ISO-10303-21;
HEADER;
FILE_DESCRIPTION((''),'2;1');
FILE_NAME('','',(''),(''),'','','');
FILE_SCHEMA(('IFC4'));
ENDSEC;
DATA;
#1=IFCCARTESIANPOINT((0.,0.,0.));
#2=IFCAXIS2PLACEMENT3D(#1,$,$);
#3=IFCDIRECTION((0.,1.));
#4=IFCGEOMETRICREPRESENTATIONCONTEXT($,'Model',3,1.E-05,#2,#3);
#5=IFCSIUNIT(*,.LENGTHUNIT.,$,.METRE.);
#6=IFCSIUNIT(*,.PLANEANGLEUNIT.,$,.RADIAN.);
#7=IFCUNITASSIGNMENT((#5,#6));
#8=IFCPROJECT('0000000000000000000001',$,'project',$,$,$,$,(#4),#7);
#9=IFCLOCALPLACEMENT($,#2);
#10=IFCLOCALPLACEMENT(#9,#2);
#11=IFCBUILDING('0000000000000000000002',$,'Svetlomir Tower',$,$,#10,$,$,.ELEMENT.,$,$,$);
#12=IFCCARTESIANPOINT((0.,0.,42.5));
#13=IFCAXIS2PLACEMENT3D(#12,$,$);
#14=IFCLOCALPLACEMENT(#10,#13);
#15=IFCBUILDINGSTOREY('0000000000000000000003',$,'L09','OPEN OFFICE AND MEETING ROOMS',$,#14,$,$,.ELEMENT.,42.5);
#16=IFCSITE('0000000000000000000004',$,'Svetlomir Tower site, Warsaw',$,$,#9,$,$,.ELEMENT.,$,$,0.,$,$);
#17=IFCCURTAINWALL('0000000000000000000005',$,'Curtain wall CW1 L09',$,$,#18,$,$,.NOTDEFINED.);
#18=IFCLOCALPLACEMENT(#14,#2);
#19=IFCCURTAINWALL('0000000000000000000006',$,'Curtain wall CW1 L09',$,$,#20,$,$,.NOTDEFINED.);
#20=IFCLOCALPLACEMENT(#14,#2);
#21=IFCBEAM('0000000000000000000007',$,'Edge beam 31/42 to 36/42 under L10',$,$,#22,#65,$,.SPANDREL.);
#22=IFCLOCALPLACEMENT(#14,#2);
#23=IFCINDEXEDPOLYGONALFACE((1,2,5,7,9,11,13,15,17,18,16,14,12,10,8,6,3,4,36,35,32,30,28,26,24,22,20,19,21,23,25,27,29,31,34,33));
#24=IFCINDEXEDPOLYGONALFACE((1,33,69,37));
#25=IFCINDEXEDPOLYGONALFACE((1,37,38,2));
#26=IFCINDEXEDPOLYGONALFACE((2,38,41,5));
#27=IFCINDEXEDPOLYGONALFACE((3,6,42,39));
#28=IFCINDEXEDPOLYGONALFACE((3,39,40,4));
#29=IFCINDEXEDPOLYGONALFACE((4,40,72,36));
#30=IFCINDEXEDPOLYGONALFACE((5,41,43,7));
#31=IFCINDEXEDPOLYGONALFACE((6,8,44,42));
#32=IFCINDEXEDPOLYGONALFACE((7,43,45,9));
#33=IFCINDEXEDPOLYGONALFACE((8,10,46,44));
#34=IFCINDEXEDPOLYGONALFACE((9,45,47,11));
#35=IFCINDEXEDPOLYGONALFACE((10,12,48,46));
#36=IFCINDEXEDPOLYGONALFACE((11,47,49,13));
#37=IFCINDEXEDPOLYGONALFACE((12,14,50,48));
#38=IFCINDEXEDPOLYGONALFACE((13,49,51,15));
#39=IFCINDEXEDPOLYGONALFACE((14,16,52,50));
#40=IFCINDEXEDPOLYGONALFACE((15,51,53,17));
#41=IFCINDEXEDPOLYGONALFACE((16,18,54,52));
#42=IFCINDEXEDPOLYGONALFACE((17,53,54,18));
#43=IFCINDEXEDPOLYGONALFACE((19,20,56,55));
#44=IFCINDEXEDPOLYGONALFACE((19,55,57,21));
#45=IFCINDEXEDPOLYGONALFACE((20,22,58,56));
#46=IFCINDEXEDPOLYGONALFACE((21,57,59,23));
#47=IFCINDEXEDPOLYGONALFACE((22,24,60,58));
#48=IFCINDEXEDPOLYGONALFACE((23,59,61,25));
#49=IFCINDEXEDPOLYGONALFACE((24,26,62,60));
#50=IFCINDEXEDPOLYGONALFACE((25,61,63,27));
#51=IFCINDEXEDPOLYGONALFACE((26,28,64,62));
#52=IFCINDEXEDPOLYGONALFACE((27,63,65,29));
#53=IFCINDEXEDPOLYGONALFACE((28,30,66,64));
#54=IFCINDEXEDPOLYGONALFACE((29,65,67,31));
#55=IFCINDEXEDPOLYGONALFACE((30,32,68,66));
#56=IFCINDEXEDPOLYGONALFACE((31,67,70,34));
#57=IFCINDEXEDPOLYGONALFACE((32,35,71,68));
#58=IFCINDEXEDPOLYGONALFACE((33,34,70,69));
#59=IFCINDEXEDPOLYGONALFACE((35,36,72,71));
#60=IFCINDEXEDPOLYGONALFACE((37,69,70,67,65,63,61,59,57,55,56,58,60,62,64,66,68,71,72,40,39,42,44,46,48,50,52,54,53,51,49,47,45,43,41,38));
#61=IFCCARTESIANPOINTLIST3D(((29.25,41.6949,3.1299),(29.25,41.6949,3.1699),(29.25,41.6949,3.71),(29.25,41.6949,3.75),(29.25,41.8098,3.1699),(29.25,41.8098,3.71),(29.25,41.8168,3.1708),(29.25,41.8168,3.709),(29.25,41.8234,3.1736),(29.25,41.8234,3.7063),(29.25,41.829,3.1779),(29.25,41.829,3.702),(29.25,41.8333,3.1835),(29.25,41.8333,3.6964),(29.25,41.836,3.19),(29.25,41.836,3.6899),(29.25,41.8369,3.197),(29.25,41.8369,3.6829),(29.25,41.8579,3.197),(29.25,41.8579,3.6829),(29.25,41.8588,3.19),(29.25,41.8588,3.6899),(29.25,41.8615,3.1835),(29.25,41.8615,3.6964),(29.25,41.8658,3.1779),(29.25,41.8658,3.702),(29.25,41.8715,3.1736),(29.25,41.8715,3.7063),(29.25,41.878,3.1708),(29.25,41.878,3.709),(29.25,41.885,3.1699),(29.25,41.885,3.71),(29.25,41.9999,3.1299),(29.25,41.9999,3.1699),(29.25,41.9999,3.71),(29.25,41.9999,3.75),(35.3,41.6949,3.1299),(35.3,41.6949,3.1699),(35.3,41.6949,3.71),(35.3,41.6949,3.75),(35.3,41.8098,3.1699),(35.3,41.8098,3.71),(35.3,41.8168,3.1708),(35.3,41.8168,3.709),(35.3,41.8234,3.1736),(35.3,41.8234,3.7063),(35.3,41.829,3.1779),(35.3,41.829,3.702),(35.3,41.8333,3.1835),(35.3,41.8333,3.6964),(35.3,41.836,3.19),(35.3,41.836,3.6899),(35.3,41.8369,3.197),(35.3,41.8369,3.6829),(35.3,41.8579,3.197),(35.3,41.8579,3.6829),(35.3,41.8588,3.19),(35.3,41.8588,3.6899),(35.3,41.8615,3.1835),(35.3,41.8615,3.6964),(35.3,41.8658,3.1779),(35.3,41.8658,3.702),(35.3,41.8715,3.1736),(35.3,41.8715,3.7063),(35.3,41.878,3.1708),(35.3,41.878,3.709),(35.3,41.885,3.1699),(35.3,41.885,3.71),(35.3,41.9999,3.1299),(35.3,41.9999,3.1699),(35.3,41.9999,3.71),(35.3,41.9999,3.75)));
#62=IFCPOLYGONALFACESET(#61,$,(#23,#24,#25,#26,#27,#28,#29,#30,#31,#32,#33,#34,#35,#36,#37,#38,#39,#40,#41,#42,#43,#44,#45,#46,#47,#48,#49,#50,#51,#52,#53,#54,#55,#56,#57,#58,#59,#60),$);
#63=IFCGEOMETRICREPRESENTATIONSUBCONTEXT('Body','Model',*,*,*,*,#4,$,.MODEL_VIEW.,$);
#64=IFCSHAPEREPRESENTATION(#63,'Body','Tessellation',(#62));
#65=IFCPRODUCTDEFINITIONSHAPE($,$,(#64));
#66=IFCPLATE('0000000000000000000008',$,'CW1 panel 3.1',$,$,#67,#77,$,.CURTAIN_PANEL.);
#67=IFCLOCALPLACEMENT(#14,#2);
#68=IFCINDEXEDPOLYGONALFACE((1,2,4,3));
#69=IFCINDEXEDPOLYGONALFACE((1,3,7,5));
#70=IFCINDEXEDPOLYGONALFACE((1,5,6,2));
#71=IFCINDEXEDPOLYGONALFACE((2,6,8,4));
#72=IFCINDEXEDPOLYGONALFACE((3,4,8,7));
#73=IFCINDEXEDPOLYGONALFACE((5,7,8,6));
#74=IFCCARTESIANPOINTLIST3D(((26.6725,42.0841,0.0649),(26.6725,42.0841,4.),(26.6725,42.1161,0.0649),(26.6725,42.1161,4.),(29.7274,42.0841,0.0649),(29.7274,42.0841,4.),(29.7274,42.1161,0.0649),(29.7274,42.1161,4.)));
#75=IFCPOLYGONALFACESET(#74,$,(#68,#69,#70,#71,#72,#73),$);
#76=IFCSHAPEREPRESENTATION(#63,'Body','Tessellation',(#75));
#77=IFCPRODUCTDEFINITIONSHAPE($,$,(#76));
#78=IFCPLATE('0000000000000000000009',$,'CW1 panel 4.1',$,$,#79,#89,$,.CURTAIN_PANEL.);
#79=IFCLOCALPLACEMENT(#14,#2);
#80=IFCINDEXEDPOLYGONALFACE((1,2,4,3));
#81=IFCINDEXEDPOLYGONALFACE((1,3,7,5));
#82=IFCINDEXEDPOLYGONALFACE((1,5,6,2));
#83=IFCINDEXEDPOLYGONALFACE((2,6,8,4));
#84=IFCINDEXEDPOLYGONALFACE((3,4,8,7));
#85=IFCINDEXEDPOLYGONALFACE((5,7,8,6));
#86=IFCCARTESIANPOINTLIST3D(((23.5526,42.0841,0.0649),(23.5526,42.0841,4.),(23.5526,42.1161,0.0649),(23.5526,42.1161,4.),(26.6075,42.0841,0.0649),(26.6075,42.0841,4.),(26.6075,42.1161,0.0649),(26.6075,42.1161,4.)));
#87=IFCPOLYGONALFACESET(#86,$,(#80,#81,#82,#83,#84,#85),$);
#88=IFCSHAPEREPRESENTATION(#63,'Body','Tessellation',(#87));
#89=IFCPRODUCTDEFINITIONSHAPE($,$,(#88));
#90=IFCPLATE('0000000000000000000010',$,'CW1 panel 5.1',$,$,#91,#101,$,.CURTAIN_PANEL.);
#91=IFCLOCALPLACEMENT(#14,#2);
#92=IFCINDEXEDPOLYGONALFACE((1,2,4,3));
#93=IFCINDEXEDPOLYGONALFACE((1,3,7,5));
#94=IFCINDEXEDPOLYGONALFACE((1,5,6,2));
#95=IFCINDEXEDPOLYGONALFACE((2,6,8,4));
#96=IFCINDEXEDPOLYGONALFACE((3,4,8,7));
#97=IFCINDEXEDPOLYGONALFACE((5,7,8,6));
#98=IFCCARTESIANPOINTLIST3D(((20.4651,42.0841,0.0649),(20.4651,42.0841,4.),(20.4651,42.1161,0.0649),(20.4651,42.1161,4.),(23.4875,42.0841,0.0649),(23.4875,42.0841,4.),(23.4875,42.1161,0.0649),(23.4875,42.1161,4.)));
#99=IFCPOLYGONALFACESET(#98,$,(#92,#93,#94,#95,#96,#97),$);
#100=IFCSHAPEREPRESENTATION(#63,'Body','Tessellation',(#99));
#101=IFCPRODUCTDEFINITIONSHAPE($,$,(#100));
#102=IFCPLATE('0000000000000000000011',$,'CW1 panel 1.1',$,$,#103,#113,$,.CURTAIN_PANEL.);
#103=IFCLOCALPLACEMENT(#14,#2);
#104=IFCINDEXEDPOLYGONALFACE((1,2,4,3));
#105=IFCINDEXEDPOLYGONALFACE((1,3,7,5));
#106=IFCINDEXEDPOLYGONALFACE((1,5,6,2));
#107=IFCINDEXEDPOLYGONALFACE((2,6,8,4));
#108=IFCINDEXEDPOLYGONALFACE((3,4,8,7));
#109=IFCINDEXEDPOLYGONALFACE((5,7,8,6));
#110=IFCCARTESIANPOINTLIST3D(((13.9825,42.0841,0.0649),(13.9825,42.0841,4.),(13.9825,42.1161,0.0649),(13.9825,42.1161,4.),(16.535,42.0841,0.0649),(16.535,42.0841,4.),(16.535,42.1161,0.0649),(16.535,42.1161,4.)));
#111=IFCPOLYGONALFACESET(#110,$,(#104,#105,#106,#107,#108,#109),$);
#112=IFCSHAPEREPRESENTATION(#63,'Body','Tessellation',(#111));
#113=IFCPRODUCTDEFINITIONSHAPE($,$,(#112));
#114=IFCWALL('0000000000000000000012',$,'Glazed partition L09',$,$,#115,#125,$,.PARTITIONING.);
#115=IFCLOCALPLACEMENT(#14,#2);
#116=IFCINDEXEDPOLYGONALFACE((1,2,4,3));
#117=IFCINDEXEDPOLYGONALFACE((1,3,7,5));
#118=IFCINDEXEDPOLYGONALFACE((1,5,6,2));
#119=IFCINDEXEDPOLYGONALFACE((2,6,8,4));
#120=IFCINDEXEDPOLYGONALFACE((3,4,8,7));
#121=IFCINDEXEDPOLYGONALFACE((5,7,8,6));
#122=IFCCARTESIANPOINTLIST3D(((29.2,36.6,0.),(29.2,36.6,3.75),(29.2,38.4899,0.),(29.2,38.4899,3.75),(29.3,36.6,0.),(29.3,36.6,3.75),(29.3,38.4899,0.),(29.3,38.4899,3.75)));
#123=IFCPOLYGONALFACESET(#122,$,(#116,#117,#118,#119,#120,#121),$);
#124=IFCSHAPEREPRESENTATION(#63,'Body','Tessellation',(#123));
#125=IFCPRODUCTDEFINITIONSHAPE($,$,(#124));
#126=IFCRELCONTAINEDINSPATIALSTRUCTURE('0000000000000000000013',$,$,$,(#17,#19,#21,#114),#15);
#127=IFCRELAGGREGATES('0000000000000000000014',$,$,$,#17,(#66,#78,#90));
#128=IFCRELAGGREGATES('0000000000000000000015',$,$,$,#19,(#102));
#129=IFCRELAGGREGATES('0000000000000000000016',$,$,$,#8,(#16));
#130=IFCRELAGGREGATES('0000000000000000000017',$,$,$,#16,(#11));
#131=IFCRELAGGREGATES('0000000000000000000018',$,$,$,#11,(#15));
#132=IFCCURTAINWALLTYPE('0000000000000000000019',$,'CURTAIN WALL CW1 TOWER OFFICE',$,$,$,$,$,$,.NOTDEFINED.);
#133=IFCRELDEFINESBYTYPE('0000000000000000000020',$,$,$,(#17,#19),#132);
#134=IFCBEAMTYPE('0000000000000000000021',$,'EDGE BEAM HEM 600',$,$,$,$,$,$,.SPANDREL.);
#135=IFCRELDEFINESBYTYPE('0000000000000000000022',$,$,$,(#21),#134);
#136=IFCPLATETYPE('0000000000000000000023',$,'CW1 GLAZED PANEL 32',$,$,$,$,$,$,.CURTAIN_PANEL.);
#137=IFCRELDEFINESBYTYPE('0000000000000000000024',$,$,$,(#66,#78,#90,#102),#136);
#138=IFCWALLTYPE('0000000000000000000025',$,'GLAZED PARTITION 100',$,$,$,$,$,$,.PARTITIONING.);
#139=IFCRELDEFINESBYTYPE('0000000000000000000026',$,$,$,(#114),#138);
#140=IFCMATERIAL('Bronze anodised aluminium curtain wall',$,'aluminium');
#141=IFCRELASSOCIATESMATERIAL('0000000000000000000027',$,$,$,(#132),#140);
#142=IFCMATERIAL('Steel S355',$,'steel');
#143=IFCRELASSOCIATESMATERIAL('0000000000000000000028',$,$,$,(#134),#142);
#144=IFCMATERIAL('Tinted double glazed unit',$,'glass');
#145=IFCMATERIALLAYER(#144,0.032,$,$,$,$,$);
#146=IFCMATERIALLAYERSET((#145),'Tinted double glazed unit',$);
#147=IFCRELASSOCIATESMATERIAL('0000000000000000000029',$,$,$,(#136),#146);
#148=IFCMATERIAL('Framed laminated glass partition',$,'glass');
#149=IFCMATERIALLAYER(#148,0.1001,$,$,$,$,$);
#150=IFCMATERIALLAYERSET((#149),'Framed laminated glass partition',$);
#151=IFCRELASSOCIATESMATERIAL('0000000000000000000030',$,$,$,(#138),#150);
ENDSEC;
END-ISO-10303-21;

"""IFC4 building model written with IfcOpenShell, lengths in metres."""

from ifc_helpers import new_model, si_unit, direction, frame, frame_2d, origin, origin_2d, place, context, subcontext, project, spatial, rectangle, i_section, extrude, material, layer, layer_set, material_profile, profile_set, type_object, element, aggregate, save


model = new_model("IFC4")

# Units and contexts
model_context = context("Model", 3, precision=1e-05, world=origin(), true_north=direction((0.0, 1.0)))
body_context = subcontext(model_context, "Body", "Model", "MODEL_VIEW")
ifc_project = project(units=[si_unit("LENGTHUNIT", "METRE"), si_unit("PLANEANGLEUNIT", "RADIAN")], contexts=[model_context])

# Site, building, storey
site_placement = place(None, origin())
site = spatial("IfcSite", under=ifc_project, at=site_placement, Name="Svetlomir Tower site, Warsaw", CompositionType="ELEMENT", RefElevation=0.0)
building_placement = place(site_placement, origin())
building = spatial("IfcBuilding", under=site, at=building_placement, Name="Svetlomir Tower", CompositionType="ELEMENT")
storey_placement = place(building_placement, frame((0.0, 0.0, 42.5)))
storey = spatial("IfcBuildingStorey", under=building, at=storey_placement, Name="L09", Description="OPEN OFFICE AND MEETING ROOMS", CompositionType="ELEMENT", Elevation=42.5)

# Curtain walls
ifc_material_1 = material(Name="Bronze anodised aluminium curtain wall", Category="aluminium")
curtain_wall_type = type_object("IfcCurtainWallType", Name="CURTAIN WALL CW1 TOWER OFFICE", PredefinedType="NOTDEFINED", material=ifc_material_1)
curtain_wall_1_placement = place(storey_placement, origin())
curtain_wall_1 = element("IfcCurtainWall", 1, at=curtain_wall_1_placement, inside=storey, type_object=curtain_wall_type, Name="Curtain wall CW1 L09", PredefinedType="NOTDEFINED")
curtain_wall_2_placement = place(storey_placement, origin())
curtain_wall_2 = element("IfcCurtainWall", 2, at=curtain_wall_2_placement, inside=storey, type_object=curtain_wall_type, Name="Curtain wall CW1 L09", PredefinedType="NOTDEFINED")

# Beam
ifc_material_2 = material(Name="Steel S355", Category="steel")
ifc_material_profile_1 = material_profile(ifc_material_2, i_section(OverallWidth=0.3049, OverallDepth=0.6201, WebThickness=0.021, FlangeThickness=0.04, FilletRadius=0.0271, at=origin_2d()), Name="HEM 600")
ifc_profile_set_1 = profile_set([ifc_material_profile_1], Name="Steel S355")
beam_type_1 = type_object("IfcBeamType", Name="EDGE BEAM HEM 600", PredefinedType="SPANDREL", material=ifc_profile_set_1)
beam_1_placement = place(storey_placement, frame((29.25, 41.8474, 3.4399), z_axis=(1.0, 0.0, 0.0), x_axis=(0.0, 1.0, 0.0)))
element("IfcBeam", 3, at=beam_1_placement, inside=storey, type_object=beam_type_1, Name="Edge beam 31/42 to 36/42 under L10", PredefinedType="SPANDREL", context=body_context, shape_type="SweptSolid", body=[
    extrude(i_section(OverallWidth=0.3049, OverallDepth=0.6201, WebThickness=0.021, FlangeThickness=0.04, FilletRadius=0.0271, at=origin_2d()), origin(), (0.0, 0.0, 1.0), 6.05),
])

# Plates
ifc_material_3 = material(Name="Tinted double glazed unit", Category="glass")
ifc_layer_1 = layer(ifc_material_3, 0.032)
ifc_layer_set_1 = layer_set([ifc_layer_1], Name="Tinted double glazed unit")
plate_type = type_object("IfcPlateType", Name="CW1 GLAZED PANEL 32", PredefinedType="CURTAIN_PANEL", material=ifc_layer_set_1)
plate_1_placement = place(storey_placement, frame((28.2, 42.1001, 0.0649), z_axis=(0.0, 0.0, 1.0), x_axis=(-1.0, 0.0, 0.0)))
plate_1 = element("IfcPlate", 4, at=plate_1_placement, type_object=plate_type, Name="CW1 panel 3.1", PredefinedType="CURTAIN_PANEL", context=body_context, shape_type="SweptSolid", body=[
    extrude(rectangle(XDim=3.0549, YDim=0.032, at=origin_2d()), origin(), (0.0, 0.0, 1.0), 3.9351),
])
plate_2_placement = place(storey_placement, frame((25.0801, 42.1001, 0.0649), z_axis=(0.0, 0.0, 1.0), x_axis=(-1.0, 0.0, 0.0)))
plate_2 = element("IfcPlate", 5, at=plate_2_placement, type_object=plate_type, Name="CW1 panel 4.1", PredefinedType="CURTAIN_PANEL", context=body_context, shape_type="SweptSolid", body=[
    extrude(rectangle(XDim=3.0549, YDim=0.032, at=origin_2d()), origin(), (0.0, 0.0, 1.0), 3.9351),
])
plate_3_placement = place(storey_placement, frame((21.9763, 42.1001, 0.0649), z_axis=(0.0, 0.0, 1.0), x_axis=(-1.0, 0.0, 0.0)))
plate_3 = element("IfcPlate", 6, at=plate_3_placement, type_object=plate_type, Name="CW1 panel 5.1", PredefinedType="CURTAIN_PANEL", context=body_context, shape_type="SweptSolid", body=[
    extrude(rectangle(XDim=3.0225, YDim=0.032, at=origin_2d()), origin(), (0.0, 0.0, 1.0), 3.9351),
])
aggregate(curtain_wall_1, [plate_1, plate_2, plate_3])
plate_4_placement = place(storey_placement, frame((15.2588, 42.1001, 0.0649), z_axis=(0.0, 0.0, 1.0), x_axis=(-1.0, 0.0, 0.0)))
plate_4 = element("IfcPlate", 7, at=plate_4_placement, type_object=plate_type, Name="CW1 panel 1.1", PredefinedType="CURTAIN_PANEL", context=body_context, shape_type="SweptSolid", body=[
    extrude(rectangle(XDim=2.5525, YDim=0.032, at=origin_2d()), origin(), (0.0, 0.0, 1.0), 3.9351),
])
aggregate(curtain_wall_2, [plate_4])

# Wall
ifc_material_4 = material(Name="Framed laminated glass partition", Category="glass")
ifc_layer_2 = layer(ifc_material_4, 0.1001)
ifc_layer_set_2 = layer_set([ifc_layer_2], Name="Framed laminated glass partition")
wall_type_1 = type_object("IfcWallType", Name="GLAZED PARTITION 100", PredefinedType="PARTITIONING", material=ifc_layer_set_2)
wall_1_placement = place(storey_placement, frame((29.25, 36.6001, 0.0), z_axis=(0.0, 0.0, 1.0), x_axis=(0.0, 1.0, 0.0)))
element("IfcWall", 8, at=wall_1_placement, inside=storey, type_object=wall_type_1, Name="Glazed partition L09", PredefinedType="PARTITIONING", context=body_context, shape_type="SweptSolid", body=[
    extrude(rectangle(XDim=1.8899, YDim=0.1001, at=frame_2d((0.9448, 0.0))), origin(), (0.0, 0.0, 1.0), 3.75),
])

save(model, "model.ifc")
